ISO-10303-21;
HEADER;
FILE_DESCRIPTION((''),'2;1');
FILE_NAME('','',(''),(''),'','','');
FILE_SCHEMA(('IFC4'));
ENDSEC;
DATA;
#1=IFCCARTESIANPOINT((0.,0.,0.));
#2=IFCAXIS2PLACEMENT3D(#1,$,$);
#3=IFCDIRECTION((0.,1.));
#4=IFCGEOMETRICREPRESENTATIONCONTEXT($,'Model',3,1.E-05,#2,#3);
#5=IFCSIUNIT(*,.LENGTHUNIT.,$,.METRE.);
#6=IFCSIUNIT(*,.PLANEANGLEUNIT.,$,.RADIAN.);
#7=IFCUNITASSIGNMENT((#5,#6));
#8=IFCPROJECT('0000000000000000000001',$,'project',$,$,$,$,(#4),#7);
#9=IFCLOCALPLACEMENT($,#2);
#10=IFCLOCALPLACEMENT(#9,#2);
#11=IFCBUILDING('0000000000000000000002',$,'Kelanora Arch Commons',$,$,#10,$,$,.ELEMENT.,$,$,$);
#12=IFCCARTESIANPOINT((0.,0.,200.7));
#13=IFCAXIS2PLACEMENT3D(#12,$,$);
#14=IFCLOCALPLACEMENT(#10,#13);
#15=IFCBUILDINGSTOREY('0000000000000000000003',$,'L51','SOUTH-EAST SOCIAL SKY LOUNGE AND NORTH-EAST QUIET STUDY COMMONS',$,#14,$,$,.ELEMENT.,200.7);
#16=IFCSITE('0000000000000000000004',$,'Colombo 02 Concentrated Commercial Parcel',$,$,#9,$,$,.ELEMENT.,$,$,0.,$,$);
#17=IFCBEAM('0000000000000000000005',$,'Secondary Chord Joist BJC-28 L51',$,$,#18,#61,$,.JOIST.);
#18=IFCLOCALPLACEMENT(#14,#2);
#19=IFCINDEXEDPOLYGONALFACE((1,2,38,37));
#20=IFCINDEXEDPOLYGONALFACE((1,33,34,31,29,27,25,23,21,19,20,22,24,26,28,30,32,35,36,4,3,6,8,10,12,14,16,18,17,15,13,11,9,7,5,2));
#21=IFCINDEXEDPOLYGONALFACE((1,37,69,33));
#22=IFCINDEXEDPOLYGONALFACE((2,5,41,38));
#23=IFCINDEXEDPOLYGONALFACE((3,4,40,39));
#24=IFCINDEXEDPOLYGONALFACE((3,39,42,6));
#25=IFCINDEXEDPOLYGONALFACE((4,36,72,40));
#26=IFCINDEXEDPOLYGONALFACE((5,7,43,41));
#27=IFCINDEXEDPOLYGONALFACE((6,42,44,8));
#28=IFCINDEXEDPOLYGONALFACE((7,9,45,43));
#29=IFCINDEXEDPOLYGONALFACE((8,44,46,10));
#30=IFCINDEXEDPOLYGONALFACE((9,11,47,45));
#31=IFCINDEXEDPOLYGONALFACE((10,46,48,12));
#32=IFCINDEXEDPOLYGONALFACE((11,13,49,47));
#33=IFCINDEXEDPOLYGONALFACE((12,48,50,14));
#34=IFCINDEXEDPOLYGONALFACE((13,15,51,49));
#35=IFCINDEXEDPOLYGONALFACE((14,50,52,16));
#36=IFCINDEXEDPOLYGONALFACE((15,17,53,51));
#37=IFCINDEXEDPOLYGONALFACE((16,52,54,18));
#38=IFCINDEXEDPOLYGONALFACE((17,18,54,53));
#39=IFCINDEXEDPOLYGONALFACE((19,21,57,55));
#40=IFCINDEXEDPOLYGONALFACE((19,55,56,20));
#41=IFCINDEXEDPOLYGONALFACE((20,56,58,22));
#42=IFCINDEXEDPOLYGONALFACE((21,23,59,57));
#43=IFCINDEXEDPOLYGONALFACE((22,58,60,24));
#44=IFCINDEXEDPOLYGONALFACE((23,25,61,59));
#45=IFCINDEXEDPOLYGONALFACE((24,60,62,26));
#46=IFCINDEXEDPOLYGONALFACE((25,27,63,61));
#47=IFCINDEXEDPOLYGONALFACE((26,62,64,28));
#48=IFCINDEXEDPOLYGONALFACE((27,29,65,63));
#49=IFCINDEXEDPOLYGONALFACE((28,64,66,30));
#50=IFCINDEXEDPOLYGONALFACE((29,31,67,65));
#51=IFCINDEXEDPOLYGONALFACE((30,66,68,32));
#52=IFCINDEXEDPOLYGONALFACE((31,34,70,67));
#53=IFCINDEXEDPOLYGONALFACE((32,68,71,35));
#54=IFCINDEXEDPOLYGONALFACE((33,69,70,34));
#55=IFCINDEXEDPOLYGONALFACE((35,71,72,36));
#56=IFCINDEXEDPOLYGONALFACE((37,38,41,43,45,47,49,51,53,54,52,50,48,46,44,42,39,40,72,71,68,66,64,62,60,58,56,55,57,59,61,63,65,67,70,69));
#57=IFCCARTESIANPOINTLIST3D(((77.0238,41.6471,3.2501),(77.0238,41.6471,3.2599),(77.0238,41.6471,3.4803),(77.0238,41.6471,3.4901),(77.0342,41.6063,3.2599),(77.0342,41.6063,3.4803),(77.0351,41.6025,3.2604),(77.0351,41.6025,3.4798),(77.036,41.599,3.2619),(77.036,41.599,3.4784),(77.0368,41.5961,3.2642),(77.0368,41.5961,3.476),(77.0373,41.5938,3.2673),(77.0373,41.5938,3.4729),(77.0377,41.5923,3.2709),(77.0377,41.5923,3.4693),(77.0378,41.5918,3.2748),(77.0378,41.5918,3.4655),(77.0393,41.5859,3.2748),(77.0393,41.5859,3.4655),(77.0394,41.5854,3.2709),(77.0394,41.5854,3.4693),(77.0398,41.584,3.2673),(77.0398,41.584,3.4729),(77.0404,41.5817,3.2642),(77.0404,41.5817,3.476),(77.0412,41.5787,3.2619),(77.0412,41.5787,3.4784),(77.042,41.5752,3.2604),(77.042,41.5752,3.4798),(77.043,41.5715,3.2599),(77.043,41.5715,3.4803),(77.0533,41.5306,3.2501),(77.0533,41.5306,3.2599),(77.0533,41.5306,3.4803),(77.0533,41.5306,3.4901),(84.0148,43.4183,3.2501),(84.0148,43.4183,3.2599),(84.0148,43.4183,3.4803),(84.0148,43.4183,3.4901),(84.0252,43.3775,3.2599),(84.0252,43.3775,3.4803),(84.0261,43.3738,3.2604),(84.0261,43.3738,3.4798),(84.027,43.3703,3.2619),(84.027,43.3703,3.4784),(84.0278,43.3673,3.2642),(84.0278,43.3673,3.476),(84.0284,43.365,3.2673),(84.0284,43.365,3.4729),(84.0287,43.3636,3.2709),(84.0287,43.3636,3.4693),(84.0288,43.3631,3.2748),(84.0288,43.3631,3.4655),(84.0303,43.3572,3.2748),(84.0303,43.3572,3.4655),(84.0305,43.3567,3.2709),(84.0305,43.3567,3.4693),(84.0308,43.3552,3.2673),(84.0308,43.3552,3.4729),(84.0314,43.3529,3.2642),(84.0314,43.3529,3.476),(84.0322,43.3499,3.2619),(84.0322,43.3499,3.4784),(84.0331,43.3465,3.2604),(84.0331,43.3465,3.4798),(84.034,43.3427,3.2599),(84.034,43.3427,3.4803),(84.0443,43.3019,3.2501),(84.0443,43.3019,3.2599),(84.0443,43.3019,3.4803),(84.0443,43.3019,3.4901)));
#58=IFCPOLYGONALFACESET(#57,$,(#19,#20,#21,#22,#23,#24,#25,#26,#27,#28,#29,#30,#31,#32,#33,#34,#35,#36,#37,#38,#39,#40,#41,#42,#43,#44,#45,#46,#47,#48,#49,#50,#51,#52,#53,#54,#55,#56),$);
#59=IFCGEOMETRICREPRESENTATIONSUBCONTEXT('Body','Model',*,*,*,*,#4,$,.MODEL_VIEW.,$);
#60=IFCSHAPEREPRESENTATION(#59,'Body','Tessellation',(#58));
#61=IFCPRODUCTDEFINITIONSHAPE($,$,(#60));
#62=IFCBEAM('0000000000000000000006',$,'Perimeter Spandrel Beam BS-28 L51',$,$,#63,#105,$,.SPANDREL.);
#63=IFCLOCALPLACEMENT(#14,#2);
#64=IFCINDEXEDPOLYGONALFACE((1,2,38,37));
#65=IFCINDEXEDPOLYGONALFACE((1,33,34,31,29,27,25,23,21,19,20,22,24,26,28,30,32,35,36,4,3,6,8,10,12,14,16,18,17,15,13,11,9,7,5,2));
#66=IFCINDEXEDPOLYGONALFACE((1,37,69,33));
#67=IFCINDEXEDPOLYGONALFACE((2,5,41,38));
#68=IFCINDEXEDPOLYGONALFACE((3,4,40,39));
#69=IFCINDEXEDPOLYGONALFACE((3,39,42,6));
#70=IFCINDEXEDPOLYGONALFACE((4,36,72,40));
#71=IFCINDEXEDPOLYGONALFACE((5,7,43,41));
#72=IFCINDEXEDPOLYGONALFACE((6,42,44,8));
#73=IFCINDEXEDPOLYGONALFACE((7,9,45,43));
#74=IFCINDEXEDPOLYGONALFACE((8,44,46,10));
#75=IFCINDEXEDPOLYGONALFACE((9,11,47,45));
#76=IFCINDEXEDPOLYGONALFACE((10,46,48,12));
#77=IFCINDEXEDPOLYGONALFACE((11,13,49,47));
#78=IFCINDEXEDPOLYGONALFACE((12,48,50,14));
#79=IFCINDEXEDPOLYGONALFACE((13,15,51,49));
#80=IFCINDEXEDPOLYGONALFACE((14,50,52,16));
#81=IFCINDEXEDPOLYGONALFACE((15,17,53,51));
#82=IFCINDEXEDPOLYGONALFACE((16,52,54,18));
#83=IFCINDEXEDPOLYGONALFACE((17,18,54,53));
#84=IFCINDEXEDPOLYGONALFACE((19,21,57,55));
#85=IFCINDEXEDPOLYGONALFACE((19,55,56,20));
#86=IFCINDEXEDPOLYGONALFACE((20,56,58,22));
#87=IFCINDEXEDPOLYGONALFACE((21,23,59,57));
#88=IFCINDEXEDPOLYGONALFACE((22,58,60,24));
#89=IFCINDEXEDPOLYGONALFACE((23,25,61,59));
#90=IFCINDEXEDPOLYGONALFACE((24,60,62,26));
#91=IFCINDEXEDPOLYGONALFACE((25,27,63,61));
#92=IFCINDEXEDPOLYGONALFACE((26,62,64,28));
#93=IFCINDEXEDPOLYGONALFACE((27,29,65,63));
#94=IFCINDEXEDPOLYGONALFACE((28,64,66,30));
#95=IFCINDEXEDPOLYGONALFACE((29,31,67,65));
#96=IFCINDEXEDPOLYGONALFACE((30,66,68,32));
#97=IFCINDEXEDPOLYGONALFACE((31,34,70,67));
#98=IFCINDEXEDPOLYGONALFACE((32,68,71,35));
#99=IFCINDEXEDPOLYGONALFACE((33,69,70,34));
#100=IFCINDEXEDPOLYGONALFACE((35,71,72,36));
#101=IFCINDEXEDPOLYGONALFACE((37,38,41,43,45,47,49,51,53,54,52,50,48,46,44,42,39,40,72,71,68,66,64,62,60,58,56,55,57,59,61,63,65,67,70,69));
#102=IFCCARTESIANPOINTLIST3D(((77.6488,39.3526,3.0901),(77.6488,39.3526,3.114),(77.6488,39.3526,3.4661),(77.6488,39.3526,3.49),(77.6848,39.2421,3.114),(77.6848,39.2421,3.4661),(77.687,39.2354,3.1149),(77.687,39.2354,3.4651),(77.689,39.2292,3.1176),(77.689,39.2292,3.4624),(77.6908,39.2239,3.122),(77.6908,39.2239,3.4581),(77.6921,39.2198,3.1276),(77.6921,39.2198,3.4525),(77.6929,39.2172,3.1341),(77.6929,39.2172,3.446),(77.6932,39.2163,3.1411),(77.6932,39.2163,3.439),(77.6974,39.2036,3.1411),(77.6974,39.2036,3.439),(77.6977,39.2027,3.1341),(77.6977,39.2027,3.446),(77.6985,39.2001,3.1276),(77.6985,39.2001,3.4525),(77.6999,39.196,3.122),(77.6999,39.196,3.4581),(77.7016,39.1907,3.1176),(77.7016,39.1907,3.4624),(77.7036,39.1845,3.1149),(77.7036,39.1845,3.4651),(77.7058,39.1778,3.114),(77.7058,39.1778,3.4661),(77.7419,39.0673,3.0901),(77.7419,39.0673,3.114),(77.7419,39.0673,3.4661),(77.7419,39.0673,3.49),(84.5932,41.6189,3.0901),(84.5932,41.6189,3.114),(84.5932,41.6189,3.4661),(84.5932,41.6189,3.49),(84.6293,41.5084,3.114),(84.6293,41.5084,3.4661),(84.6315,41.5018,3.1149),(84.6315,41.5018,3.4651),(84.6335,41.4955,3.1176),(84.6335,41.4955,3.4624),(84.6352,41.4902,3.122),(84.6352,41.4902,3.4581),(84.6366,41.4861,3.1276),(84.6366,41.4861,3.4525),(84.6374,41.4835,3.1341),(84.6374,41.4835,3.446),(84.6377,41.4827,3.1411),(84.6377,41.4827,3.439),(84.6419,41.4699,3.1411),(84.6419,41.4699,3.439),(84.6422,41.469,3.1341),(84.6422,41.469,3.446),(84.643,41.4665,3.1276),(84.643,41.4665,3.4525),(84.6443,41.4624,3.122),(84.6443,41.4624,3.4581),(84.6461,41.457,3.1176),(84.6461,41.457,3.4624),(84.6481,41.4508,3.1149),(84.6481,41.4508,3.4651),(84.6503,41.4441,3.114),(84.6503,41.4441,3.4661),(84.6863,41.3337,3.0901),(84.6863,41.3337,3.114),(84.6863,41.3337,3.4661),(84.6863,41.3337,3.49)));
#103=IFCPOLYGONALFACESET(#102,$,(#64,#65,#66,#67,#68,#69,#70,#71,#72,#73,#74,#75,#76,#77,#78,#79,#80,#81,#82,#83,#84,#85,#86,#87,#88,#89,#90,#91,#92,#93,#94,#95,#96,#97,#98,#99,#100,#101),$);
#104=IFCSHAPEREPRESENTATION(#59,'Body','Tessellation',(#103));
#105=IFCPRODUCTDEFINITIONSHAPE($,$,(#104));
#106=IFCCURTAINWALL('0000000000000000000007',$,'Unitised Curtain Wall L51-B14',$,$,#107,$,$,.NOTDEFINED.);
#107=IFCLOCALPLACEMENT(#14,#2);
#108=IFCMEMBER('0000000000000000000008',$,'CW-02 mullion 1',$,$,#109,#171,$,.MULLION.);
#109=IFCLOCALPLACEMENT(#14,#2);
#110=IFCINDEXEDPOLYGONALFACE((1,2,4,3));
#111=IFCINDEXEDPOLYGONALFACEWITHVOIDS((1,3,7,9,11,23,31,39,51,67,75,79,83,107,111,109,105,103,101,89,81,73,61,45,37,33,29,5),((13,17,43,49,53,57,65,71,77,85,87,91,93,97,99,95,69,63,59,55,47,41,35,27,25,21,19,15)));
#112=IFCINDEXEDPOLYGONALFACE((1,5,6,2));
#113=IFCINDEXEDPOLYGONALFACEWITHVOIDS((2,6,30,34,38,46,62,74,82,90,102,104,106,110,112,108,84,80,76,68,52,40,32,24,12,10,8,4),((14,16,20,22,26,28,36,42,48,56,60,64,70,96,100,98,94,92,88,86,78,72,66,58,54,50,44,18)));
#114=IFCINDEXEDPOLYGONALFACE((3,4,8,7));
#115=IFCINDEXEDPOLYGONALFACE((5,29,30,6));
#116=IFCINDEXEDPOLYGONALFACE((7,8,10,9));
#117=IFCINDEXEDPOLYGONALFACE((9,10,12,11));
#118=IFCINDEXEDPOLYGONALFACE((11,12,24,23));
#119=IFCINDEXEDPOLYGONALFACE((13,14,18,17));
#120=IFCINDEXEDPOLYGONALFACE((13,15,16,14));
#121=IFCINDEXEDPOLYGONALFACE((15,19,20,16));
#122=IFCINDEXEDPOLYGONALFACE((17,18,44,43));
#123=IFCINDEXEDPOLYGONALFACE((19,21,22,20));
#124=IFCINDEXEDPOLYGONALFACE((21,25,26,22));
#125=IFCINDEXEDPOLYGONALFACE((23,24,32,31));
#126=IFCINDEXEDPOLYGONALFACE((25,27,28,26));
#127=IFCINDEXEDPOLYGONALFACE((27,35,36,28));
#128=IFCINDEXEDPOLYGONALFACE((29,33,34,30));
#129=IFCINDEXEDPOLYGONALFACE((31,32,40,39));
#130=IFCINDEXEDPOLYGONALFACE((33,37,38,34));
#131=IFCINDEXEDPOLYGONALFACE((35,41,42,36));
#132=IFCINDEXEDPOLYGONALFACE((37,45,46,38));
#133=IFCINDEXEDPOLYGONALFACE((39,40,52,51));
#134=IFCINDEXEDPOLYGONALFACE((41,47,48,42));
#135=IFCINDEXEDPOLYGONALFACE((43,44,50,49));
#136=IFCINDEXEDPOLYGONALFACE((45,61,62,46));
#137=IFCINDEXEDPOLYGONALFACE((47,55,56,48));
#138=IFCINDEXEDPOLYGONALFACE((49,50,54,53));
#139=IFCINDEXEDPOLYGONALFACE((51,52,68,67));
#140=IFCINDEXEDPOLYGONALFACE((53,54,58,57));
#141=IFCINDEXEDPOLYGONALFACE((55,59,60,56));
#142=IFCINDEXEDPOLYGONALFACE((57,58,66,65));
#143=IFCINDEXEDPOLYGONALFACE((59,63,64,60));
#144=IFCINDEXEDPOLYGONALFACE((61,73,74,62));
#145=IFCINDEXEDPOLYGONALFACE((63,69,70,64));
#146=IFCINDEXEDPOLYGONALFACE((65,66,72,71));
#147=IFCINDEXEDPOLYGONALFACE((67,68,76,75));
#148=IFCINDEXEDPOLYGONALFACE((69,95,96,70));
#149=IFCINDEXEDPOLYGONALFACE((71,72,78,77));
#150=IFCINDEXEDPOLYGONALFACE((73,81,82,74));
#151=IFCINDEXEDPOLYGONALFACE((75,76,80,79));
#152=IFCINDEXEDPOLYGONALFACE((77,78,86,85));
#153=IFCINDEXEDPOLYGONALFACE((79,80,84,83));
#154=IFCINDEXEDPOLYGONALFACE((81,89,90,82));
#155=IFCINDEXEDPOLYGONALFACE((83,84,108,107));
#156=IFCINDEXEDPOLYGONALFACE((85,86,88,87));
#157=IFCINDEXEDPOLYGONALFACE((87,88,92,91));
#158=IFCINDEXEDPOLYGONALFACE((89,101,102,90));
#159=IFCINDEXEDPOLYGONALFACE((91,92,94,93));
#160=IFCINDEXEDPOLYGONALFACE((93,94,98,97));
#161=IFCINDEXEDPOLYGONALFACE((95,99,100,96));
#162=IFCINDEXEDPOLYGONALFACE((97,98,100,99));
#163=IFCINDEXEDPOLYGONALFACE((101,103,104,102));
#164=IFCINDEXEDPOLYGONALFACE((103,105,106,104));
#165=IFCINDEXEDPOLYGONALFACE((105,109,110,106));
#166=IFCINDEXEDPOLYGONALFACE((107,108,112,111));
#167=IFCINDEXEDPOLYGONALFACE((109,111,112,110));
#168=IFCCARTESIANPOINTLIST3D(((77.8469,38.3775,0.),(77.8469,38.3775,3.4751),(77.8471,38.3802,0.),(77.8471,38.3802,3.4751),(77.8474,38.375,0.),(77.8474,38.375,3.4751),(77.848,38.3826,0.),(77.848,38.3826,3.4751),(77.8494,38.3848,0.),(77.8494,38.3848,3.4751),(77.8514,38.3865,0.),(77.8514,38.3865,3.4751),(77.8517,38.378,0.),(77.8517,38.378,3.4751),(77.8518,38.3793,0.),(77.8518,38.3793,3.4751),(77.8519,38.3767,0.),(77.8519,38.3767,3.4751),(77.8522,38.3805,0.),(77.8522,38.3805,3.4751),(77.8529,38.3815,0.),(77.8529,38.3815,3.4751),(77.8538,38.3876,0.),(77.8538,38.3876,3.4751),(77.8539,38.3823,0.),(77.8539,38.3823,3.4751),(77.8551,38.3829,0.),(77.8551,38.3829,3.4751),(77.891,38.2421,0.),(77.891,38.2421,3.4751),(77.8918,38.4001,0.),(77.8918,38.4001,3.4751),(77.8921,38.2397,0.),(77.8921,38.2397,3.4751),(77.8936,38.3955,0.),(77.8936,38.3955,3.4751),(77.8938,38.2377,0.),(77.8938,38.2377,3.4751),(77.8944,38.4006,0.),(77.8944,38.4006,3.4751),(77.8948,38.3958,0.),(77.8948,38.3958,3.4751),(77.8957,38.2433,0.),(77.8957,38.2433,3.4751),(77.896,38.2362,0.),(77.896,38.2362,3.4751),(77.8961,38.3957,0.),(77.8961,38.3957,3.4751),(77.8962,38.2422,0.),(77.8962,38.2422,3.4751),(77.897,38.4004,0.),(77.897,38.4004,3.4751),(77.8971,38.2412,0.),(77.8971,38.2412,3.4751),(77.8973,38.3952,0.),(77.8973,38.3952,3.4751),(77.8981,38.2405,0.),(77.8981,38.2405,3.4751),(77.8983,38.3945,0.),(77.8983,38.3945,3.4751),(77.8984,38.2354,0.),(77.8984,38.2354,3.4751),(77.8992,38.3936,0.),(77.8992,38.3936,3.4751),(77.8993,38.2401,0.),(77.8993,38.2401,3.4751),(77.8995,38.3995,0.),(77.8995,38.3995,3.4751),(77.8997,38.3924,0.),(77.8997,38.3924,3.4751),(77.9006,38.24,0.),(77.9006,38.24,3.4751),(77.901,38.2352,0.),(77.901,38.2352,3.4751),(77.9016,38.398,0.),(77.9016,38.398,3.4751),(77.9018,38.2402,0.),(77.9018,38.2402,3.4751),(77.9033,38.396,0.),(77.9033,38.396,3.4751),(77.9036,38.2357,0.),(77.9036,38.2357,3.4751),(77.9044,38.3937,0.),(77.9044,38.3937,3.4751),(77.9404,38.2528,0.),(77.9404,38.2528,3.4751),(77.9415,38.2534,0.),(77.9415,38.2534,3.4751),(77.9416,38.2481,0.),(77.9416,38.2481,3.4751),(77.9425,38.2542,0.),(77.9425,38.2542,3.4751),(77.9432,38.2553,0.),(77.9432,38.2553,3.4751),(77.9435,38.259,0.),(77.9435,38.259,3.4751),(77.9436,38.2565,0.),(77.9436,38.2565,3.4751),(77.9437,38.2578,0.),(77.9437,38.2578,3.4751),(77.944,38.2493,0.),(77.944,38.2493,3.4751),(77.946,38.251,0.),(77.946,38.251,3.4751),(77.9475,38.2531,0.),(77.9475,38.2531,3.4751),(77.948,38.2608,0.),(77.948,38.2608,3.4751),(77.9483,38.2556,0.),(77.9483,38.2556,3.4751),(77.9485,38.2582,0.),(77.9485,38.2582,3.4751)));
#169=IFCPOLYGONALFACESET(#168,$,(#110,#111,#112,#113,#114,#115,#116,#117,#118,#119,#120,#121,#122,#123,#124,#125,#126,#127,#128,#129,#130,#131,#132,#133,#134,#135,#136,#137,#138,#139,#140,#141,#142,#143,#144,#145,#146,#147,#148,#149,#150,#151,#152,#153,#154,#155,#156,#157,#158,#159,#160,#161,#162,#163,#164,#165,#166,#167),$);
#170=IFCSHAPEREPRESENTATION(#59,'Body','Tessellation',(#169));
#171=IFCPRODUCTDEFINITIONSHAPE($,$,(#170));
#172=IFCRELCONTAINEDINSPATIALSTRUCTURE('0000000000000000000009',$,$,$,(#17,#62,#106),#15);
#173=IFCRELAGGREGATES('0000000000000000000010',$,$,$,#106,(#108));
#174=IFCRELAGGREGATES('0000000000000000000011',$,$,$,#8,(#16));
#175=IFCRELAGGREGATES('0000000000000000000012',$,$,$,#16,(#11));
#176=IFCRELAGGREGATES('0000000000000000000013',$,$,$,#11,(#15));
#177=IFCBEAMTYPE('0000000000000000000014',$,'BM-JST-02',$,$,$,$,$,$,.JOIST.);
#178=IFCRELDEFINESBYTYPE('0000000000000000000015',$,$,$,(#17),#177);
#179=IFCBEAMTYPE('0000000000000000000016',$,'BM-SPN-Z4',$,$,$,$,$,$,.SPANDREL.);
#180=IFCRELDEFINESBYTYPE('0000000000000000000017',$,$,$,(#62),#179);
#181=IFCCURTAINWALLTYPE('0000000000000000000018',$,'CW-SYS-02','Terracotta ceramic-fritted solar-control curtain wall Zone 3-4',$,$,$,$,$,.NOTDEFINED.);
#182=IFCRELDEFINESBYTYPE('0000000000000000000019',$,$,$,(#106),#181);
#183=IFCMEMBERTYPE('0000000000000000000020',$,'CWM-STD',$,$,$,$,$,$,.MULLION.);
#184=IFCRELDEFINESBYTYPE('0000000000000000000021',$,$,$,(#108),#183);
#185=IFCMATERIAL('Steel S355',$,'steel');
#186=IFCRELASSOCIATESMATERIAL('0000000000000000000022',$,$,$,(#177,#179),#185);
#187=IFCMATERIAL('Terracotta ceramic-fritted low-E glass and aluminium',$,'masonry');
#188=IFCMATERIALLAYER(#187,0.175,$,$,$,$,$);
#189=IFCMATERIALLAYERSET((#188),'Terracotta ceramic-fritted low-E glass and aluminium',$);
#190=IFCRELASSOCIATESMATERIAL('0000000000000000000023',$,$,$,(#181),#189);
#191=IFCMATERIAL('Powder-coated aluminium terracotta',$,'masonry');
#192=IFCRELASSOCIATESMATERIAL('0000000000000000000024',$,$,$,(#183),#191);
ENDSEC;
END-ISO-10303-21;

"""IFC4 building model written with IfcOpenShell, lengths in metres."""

from ifc_helpers import new_model, si_unit, direction, frame, origin, origin_2d, place, context, subcontext, project, spatial, hollow_rectangle, i_section, extrude, material, layer, layer_set, material_profile, profile_set, type_object, element, aggregate, save


model = new_model("IFC4")

# Units and contexts
model_context = context("Model", 3, precision=1e-05, world=origin(), true_north=direction((0.0, 1.0)))
body_context = subcontext(model_context, "Body", "Model", "MODEL_VIEW")
ifc_project = project(units=[si_unit("LENGTHUNIT", "METRE"), si_unit("PLANEANGLEUNIT", "RADIAN")], contexts=[model_context])

# Site, building, storey
site_placement = place(None, origin())
site = spatial("IfcSite", under=ifc_project, at=site_placement, Name="Colombo 02 Concentrated Commercial Parcel", CompositionType="ELEMENT", RefElevation=0.0)
building_placement = place(site_placement, origin())
building = spatial("IfcBuilding", under=site, at=building_placement, Name="Kelanora Arch Commons", CompositionType="ELEMENT")
storey_placement = place(building_placement, frame((0.0, 0.0, 200.7)))
storey = spatial("IfcBuildingStorey", under=building, at=storey_placement, Name="L51", Description="SOUTH-EAST SOCIAL SKY LOUNGE AND NORTH-EAST QUIET STUDY COMMONS", CompositionType="ELEMENT", Elevation=200.7)

# Beams
ifc_material_1 = material(Name="Steel S355", Category="steel")
ifc_material_profile_1 = material_profile(ifc_material_1, i_section(OverallWidth=0.1201, OverallDepth=0.24, WebThickness=0.0061, FlangeThickness=0.0098, FilletRadius=0.0149, at=origin_2d()), Name="IPE240")
ifc_profile_set_1 = profile_set([ifc_material_profile_1], Name="Steel S355")
beam_type_1 = type_object("IfcBeamType", Name="BM-JST-02", PredefinedType="JOIST", material=ifc_profile_set_1)
beam_1_placement = place(storey_placement, frame((77.0386, 41.5889, 3.3701), z_axis=(0.969371, 0.245601, 0.0), x_axis=(-0.245601, 0.969371, 0.0)))
element("IfcBeam", 1, at=beam_1_placement, inside=storey, type_object=beam_type_1, Name="Secondary Chord Joist BJC-28 L51", PredefinedType="JOIST", context=body_context, shape_type="SweptSolid", body=[
    extrude(i_section(OverallWidth=0.1201, OverallDepth=0.24, WebThickness=0.0061, FlangeThickness=0.0098, FilletRadius=0.0149, at=origin_2d()), origin(), (0.0, 0.0, 1.0), 7.2119),
])
ifc_material_profile_2 = material_profile(ifc_material_1, i_section(OverallWidth=0.3, OverallDepth=0.3999, WebThickness=0.0134, FlangeThickness=0.0239, FilletRadius=0.0271, at=origin_2d()), Name="HEB400")
ifc_profile_set_2 = profile_set([ifc_material_profile_2], Name="Steel S355")
beam_type_2 = type_object("IfcBeamType", Name="BM-SPN-Z4", PredefinedType="SPANDREL", material=ifc_profile_set_2)
beam_2_placement = place(storey_placement, frame((77.6953, 39.21, 3.29), z_axis=(0.950656, 0.310246, 0.0), x_axis=(-0.310246, 0.950656, 0.0)))
element("IfcBeam", 2, at=beam_2_placement, inside=storey, type_object=beam_type_2, Name="Perimeter Spandrel Beam BS-28 L51", PredefinedType="SPANDREL", context=body_context, shape_type="SweptSolid", body=[
    extrude(i_section(OverallWidth=0.3, OverallDepth=0.3999, WebThickness=0.0134, FlangeThickness=0.0239, FilletRadius=0.0271, at=origin_2d()), origin(), (0.0, 0.0, 1.0), 7.3049),
])

# Curtain wall, member
ifc_material_2 = material(Name="Terracotta ceramic-fritted low-E glass and aluminium", Category="masonry")
ifc_layer_1 = layer(ifc_material_2, 0.175)
ifc_layer_set_1 = layer_set([ifc_layer_1], Name="Terracotta ceramic-fritted low-E glass and aluminium")
curtain_wall_type = type_object("IfcCurtainWallType", Name="CW-SYS-02", Description="Terracotta ceramic-fritted solar-control curtain wall Zone 3-4", PredefinedType="NOTDEFINED", material=ifc_layer_set_1)
curtain_wall_placement = place(storey_placement, origin())
curtain_wall = element("IfcCurtainWall", 3, at=curtain_wall_placement, inside=storey, type_object=curtain_wall_type, Name="Unitised Curtain Wall L51-B14", PredefinedType="NOTDEFINED")
ifc_material_3 = material(Name="Powder-coated aluminium terracotta", Category="masonry")
ifc_material_profile_3 = material_profile(ifc_material_3, hollow_rectangle(XDim=0.1599, YDim=0.0601, WallThickness=0.0049, InnerFilletRadius=0.0049, OuterFilletRadius=0.01, at=origin_2d()), Name="CWM160x60")
ifc_profile_set_3 = profile_set([ifc_material_profile_3], Name="Powder-coated aluminium terracotta")
member_type_1 = type_object("IfcMemberType", Name="CWM-STD", PredefinedType="MULLION", material=ifc_profile_set_3)
member_1_placement = place(storey_placement, frame((77.8977, 38.3179, 0.0), z_axis=(0.0, 0.0, 1.0), x_axis=(-0.311582, 0.950219, 0.0)))
member_1 = element("IfcMember", 4, at=member_1_placement, type_object=member_type_1, Name="CW-02 mullion 1", PredefinedType="MULLION", context=body_context, shape_type="SweptSolid", body=[
    extrude(hollow_rectangle(XDim=0.1599, YDim=0.0601, WallThickness=0.0049, InnerFilletRadius=0.0049, OuterFilletRadius=0.01, at=origin_2d()), origin(), (0.0, 0.0, 1.0), 3.4751),
])
aggregate(curtain_wall, [member_1])

save(model, "model.ifc")
